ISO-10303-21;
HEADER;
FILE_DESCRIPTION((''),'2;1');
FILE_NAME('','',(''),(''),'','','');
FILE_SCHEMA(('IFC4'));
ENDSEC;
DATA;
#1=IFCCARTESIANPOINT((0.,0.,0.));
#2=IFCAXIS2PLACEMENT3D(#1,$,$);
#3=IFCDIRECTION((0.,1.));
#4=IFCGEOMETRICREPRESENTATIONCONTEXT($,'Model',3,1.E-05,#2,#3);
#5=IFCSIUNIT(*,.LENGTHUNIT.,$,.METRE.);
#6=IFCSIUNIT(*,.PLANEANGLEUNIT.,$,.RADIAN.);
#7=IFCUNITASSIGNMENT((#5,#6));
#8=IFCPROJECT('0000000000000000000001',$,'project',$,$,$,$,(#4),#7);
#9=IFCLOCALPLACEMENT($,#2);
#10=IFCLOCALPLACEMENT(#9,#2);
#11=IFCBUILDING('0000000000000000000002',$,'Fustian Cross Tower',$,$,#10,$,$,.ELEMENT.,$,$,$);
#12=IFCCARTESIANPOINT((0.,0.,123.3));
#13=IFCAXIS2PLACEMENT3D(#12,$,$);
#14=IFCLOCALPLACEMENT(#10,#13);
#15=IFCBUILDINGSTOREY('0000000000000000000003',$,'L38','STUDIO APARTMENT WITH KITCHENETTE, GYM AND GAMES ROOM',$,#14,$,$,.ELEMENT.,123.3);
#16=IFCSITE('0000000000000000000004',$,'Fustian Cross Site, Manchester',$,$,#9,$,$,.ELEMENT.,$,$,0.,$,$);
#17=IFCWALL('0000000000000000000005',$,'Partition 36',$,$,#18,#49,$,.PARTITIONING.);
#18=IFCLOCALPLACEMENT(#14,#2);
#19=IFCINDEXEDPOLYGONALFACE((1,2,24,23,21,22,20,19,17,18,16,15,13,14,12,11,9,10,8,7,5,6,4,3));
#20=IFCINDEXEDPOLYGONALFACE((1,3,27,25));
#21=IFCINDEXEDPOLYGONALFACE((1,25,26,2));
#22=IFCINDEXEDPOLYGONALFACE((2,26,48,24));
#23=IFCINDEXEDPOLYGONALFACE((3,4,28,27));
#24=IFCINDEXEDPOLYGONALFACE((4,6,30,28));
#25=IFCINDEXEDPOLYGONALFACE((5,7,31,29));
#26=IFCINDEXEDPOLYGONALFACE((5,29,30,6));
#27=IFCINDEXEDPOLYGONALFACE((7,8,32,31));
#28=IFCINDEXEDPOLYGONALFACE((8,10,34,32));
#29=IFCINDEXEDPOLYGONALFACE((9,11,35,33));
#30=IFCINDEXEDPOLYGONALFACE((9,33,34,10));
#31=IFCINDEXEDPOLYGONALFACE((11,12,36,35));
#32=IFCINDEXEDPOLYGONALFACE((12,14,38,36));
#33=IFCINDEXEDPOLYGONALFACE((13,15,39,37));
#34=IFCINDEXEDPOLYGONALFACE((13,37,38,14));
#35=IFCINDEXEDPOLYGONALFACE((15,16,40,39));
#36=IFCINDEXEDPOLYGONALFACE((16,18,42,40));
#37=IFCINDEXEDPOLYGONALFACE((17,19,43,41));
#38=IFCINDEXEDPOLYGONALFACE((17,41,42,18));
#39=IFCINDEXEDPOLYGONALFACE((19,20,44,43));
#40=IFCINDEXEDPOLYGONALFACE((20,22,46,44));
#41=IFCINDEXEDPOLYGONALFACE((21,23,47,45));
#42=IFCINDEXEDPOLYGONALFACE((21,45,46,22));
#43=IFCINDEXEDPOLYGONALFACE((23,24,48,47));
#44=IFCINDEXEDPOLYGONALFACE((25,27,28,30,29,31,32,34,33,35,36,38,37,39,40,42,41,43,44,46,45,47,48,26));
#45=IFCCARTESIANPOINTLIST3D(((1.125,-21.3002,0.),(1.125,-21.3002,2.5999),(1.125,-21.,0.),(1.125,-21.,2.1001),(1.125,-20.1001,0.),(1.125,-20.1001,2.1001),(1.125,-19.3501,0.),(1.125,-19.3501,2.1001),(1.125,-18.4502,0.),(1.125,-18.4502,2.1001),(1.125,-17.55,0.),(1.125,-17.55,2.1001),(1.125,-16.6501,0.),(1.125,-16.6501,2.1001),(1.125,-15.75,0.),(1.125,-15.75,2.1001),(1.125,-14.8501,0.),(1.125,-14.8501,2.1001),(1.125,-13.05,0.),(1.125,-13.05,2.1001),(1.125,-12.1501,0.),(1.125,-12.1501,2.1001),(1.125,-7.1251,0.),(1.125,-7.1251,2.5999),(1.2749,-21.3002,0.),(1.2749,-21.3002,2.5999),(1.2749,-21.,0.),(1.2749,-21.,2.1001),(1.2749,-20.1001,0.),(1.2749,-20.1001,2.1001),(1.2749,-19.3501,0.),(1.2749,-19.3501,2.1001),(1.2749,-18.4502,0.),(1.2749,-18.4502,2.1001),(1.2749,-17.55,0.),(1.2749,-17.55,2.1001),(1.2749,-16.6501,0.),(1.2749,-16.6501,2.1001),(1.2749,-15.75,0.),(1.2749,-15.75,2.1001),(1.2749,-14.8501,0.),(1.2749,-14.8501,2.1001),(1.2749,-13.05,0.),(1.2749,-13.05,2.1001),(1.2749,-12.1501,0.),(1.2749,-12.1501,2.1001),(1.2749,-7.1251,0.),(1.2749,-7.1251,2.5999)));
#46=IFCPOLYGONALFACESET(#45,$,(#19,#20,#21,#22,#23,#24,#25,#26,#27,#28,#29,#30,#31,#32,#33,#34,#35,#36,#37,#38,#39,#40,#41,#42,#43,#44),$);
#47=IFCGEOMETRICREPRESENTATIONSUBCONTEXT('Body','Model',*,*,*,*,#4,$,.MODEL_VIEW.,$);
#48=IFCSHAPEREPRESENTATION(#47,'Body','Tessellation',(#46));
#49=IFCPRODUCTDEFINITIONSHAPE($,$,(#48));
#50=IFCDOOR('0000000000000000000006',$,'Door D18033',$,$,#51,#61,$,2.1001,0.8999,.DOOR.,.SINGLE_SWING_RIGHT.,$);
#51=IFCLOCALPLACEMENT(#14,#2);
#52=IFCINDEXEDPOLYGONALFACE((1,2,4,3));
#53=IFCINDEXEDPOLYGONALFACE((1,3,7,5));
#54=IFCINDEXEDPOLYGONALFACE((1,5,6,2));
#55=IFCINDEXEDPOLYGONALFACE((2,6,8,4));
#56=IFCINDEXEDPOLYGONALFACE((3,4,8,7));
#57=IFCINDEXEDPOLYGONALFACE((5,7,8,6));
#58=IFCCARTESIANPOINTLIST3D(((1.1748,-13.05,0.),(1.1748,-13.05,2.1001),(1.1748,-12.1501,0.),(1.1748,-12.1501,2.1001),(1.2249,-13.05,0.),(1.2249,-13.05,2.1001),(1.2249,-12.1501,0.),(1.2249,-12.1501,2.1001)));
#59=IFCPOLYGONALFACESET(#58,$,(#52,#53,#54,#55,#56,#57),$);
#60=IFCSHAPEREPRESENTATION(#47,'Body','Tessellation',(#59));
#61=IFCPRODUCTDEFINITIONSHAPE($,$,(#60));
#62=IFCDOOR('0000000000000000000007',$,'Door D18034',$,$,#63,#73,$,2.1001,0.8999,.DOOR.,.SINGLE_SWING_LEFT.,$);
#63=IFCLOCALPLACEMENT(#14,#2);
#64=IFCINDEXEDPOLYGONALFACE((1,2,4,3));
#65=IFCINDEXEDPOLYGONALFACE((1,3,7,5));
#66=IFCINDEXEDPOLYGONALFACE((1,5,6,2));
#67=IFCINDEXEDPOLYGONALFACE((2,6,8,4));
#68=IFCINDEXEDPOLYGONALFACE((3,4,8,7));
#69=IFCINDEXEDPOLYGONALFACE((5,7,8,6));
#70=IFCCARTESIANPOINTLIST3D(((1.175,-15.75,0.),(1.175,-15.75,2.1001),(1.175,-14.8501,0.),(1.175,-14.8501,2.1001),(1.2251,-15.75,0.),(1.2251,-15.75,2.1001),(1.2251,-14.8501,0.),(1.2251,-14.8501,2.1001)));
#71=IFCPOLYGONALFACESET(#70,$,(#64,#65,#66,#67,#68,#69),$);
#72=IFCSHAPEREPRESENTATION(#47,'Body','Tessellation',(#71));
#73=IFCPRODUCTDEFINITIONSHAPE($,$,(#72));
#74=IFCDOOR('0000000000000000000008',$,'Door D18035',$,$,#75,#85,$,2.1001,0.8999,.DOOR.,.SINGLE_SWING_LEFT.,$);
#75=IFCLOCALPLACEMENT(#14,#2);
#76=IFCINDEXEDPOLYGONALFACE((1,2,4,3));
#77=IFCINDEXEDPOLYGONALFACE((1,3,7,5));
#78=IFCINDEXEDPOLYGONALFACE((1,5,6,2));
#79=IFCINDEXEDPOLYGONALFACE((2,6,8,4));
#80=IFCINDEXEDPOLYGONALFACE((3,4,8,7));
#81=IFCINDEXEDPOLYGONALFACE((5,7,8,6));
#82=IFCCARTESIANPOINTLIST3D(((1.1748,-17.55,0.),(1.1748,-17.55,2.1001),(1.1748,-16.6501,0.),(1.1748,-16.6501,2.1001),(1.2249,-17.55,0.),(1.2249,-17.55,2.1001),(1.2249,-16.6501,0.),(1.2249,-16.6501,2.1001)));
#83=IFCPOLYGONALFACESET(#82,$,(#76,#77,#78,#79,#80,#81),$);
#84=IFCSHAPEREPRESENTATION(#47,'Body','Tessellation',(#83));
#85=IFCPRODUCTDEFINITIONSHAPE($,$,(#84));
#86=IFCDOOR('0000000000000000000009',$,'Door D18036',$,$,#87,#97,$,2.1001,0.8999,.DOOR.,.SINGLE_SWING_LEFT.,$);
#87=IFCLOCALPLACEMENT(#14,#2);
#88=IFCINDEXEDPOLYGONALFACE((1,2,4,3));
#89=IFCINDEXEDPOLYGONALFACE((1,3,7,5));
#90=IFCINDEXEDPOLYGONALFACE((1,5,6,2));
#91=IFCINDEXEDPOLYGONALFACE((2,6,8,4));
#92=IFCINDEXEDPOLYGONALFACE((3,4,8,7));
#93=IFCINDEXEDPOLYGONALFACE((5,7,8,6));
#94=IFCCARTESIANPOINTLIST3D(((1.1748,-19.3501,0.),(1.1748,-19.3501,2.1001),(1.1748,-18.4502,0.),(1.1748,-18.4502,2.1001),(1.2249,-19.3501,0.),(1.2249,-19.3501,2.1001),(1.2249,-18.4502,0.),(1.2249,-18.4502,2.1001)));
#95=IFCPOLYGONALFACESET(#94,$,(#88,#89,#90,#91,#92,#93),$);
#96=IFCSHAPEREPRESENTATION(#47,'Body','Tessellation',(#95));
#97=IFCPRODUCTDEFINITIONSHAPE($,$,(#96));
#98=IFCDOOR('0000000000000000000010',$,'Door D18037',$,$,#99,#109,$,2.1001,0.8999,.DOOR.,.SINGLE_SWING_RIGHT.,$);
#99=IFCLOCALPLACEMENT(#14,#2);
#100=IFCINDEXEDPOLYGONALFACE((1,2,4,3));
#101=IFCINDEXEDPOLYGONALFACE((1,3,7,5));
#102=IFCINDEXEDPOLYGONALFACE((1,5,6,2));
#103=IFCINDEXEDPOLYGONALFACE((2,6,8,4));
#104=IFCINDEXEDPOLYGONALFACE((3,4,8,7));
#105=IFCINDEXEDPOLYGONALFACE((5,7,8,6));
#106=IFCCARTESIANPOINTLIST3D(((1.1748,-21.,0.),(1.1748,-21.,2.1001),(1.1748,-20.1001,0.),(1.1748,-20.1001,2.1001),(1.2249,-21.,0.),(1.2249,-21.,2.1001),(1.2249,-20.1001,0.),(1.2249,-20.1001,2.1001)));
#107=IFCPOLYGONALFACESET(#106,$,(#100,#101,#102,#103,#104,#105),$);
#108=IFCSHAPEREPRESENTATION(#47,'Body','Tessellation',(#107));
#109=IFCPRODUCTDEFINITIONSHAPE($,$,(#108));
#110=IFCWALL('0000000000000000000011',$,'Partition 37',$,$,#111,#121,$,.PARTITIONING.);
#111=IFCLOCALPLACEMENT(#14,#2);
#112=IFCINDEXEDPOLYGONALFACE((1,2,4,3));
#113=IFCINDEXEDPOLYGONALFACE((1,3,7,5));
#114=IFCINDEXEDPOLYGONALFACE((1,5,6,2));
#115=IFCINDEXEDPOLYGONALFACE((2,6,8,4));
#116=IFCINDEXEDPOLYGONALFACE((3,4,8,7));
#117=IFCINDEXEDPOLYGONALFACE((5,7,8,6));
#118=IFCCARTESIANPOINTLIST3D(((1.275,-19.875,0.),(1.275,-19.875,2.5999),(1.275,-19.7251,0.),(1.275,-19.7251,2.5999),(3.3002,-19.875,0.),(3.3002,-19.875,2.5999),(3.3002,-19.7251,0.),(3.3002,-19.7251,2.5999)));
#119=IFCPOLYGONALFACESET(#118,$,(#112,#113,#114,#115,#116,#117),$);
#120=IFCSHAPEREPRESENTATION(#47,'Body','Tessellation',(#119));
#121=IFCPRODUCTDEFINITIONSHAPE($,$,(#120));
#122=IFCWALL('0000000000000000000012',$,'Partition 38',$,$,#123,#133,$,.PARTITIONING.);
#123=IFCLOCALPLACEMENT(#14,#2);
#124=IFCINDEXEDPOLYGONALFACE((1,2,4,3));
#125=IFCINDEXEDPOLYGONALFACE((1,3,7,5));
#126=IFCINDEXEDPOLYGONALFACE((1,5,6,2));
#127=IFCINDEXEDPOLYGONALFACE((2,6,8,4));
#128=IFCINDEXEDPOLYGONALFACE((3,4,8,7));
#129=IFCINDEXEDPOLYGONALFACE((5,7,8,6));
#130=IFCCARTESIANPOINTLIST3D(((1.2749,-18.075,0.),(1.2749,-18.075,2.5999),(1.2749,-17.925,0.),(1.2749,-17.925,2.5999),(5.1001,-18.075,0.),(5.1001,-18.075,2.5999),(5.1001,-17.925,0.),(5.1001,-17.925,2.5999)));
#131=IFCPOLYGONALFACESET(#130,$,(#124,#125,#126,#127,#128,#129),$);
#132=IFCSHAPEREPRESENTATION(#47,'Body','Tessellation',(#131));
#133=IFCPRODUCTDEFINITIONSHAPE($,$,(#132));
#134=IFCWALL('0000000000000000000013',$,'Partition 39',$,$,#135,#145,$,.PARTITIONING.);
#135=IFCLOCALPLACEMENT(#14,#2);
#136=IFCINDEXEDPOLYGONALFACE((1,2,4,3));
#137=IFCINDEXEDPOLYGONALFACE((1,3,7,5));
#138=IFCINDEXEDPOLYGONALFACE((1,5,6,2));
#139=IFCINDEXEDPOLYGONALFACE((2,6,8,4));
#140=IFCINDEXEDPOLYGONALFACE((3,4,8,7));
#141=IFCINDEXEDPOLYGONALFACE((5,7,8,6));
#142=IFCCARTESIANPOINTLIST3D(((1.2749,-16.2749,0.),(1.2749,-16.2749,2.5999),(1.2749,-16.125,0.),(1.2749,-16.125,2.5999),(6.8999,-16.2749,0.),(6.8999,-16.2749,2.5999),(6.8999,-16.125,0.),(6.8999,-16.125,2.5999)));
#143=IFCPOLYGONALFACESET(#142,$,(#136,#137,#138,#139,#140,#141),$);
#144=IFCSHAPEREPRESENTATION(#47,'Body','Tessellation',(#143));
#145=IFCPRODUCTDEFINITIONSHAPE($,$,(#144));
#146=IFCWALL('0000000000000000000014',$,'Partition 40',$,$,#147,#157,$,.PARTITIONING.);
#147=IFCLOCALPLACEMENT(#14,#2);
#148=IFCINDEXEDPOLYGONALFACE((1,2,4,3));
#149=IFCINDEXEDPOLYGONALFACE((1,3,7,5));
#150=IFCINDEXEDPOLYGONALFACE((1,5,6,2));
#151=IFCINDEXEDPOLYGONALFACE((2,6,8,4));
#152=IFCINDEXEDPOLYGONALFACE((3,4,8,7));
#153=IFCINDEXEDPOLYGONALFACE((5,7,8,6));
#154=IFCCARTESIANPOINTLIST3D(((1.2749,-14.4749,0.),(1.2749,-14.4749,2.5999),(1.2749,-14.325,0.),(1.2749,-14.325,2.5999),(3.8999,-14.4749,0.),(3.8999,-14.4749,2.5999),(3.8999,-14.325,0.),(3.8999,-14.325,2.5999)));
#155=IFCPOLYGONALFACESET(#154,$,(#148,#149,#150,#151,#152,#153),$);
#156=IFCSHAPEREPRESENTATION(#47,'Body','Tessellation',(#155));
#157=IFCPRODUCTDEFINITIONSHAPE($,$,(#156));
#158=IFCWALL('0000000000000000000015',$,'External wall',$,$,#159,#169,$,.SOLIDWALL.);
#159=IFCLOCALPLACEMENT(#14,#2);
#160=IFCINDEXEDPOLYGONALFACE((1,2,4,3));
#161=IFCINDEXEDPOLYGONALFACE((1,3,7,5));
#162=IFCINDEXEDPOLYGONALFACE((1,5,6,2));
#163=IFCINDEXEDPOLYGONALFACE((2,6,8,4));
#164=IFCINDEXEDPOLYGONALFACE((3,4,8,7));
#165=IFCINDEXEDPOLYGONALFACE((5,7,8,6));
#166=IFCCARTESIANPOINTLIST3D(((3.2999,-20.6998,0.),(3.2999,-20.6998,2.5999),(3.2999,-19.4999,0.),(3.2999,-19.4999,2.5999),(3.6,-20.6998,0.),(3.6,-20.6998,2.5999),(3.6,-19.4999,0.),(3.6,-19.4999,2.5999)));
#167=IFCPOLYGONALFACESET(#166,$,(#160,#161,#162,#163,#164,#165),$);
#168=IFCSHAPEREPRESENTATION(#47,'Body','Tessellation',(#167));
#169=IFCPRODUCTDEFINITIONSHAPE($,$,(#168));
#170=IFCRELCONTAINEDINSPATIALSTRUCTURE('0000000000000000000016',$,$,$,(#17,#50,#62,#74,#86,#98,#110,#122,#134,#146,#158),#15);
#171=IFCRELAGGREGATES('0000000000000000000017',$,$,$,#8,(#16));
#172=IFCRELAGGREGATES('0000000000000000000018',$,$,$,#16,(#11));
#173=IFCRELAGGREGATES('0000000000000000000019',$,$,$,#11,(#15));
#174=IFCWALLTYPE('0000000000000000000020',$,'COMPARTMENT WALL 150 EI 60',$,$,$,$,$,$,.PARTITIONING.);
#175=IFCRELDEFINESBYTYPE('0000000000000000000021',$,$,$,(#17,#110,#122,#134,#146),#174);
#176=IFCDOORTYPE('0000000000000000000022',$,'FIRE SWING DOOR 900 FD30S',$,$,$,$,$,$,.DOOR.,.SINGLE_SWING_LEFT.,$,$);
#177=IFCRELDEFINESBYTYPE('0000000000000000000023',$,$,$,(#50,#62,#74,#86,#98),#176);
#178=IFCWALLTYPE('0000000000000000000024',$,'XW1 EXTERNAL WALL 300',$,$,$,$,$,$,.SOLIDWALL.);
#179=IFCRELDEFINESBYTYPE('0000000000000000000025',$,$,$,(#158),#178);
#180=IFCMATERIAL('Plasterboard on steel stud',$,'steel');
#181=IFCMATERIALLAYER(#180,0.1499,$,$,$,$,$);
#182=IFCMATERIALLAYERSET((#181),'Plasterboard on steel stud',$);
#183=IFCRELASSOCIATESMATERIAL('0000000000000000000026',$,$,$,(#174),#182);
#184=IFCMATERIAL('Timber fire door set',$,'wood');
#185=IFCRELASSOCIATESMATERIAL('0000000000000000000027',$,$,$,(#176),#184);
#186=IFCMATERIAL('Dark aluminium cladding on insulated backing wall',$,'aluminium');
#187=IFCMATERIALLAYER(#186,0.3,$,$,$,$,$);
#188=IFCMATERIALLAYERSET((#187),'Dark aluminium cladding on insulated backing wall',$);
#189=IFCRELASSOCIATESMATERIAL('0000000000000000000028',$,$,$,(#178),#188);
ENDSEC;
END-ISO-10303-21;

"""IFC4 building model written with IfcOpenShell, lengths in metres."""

from ifc_helpers import new_model, si_unit, direction, frame, frame_2d, origin, place, context, subcontext, project, spatial, rectangle, extrude, material, layer, layer_set, type_object, element, fill, save


model = new_model("IFC4")

# Units and contexts
model_context = context("Model", 3, precision=1e-05, world=origin(), true_north=direction((0.0, 1.0)))
body_context = subcontext(model_context, "Body", "Model", "MODEL_VIEW")
ifc_project = project(units=[si_unit("LENGTHUNIT", "METRE"), si_unit("PLANEANGLEUNIT", "RADIAN")], contexts=[model_context])

# Site, building, storey
site_placement = place(None, origin())
site = spatial("IfcSite", under=ifc_project, at=site_placement, Name="Fustian Cross Site, Manchester", CompositionType="ELEMENT", RefElevation=0.0)
building_placement = place(site_placement, origin())
building = spatial("IfcBuilding", under=site, at=building_placement, Name="Fustian Cross Tower", CompositionType="ELEMENT")
storey_placement = place(building_placement, frame((0.0, 0.0, 123.3)))
storey = spatial("IfcBuildingStorey", under=building, at=storey_placement, Name="L38", Description="STUDIO APARTMENT WITH KITCHENETTE, GYM AND GAMES ROOM", CompositionType="ELEMENT", Elevation=123.3)

# Wall, openings, doors
ifc_material_1 = material(Name="Plasterboard on steel stud", Category="steel")
ifc_layer_1 = layer(ifc_material_1, 0.1499)
ifc_layer_set_1 = layer_set([ifc_layer_1], Name="Plasterboard on steel stud")
wall_type_1 = type_object("IfcWallType", Name="COMPARTMENT WALL 150 EI 60", PredefinedType="PARTITIONING", material=ifc_layer_set_1)
wall_1_placement = place(storey_placement, frame((1.2, -21.3, 0.0), z_axis=(0.0, 0.0, 1.0), x_axis=(0.0, 1.0, 0.0)))
wall_1 = element("IfcWall", 1, at=wall_1_placement, inside=storey, type_object=wall_type_1, Name="Partition 36", PredefinedType="PARTITIONING", context=body_context, shape_type="SweptSolid", body=[
    extrude(rectangle(XDim=14.175, YDim=0.1499, at=frame_2d((7.0874, 0.0))), origin(), (0.0, 0.0, 1.0), 2.5999),
])
opening_1_placement = place(wall_1_placement, frame((8.25, 0.0, 0.0)))
opening_1 = element("IfcOpeningElement", 2, at=opening_1_placement, cuts=wall_1, PredefinedType="OPENING", context=body_context, shape_type="SweptSolid", body=[
    extrude(rectangle(XDim=0.8999, YDim=2.1001, at=frame_2d((0.45, 1.05))), frame((0.0, 0.085, 0.0), z_axis=(0.0, -1.0, 0.0), x_axis=(1.0, 0.0, 0.0)), (0.0, 0.0, 1.0), 0.1699),
])
opening_2_placement = place(wall_1_placement, frame((5.55, 0.0, 0.0)))
opening_2 = element("IfcOpeningElement", 3, at=opening_2_placement, cuts=wall_1, PredefinedType="OPENING", context=body_context, shape_type="SweptSolid", body=[
    extrude(rectangle(XDim=0.8999, YDim=2.1001, at=frame_2d((0.45, 1.05))), frame((0.0, 0.085, 0.0), z_axis=(0.0, -1.0, 0.0), x_axis=(1.0, 0.0, 0.0)), (0.0, 0.0, 1.0), 0.1699),
])
opening_3_placement = place(wall_1_placement, frame((3.75, 0.0, 0.0)))
opening_3 = element("IfcOpeningElement", 4, at=opening_3_placement, cuts=wall_1, PredefinedType="OPENING", context=body_context, shape_type="SweptSolid", body=[
    extrude(rectangle(XDim=0.8999, YDim=2.1001, at=frame_2d((0.45, 1.05))), frame((0.0, 0.085, 0.0), z_axis=(0.0, -1.0, 0.0), x_axis=(1.0, 0.0, 0.0)), (0.0, 0.0, 1.0), 0.1699),
])
opening_4_placement = place(wall_1_placement, frame((1.95, 0.0, 0.0)))
opening_4 = element("IfcOpeningElement", 5, at=opening_4_placement, cuts=wall_1, PredefinedType="OPENING", context=body_context, shape_type="SweptSolid", body=[
    extrude(rectangle(XDim=0.8999, YDim=2.1001, at=frame_2d((0.45, 1.05))), frame((0.0, 0.085, 0.0), z_axis=(0.0, -1.0, 0.0), x_axis=(1.0, 0.0, 0.0)), (0.0, 0.0, 1.0), 0.1699),
])
opening_5_placement = place(wall_1_placement, frame((0.3, 0.0, 0.0)))
opening_5 = element("IfcOpeningElement", 6, at=opening_5_placement, cuts=wall_1, PredefinedType="OPENING", context=body_context, shape_type="SweptSolid", body=[
    extrude(rectangle(XDim=0.8999, YDim=2.1001, at=frame_2d((0.45, 1.05))), frame((0.0, 0.085, 0.0), z_axis=(0.0, -1.0, 0.0), x_axis=(1.0, 0.0, 0.0)), (0.0, 0.0, 1.0), 0.1699),
])
ifc_material_2 = material(Name="Timber fire door set", Category="wood")
door_type = type_object("IfcDoorType", Name="FIRE SWING DOOR 900 FD30S", OperationType="SINGLE_SWING_LEFT", PredefinedType="DOOR", material=ifc_material_2)
door_1_placement = place(opening_1_placement, frame((0.8999, 0.0, 0.0), z_axis=(0.0, 0.0, 1.0), x_axis=(-1.0, 0.0, 0.0)))
door_1 = element("IfcDoor", 7, at=door_1_placement, inside=storey, type_object=door_type, Name="Door D18033", OperationType="SINGLE_SWING_RIGHT", OverallHeight=2.1001, OverallWidth=0.8999, PredefinedType="DOOR", context=body_context, shape_type="SweptSolid", body=[
    extrude(rectangle(XDim=0.8999, YDim=2.1001, at=frame_2d((0.45, 1.05))), frame((0.0, 0.0249, 0.0), z_axis=(0.0, -1.0, 0.0), x_axis=(1.0, 0.0, 0.0)), (0.0, 0.0, 1.0), 0.05),
])
fill(opening_1, door_1)
door_2_placement = place(opening_2_placement, origin())
door_2 = element("IfcDoor", 8, at=door_2_placement, inside=storey, type_object=door_type, Name="Door D18034", OperationType="SINGLE_SWING_LEFT", OverallHeight=2.1001, OverallWidth=0.8999, PredefinedType="DOOR", context=body_context, shape_type="SweptSolid", body=[
    extrude(rectangle(XDim=0.8999, YDim=2.1001, at=frame_2d((0.45, 1.05))), frame((0.0, 0.0249, 0.0), z_axis=(0.0, -1.0, 0.0), x_axis=(1.0, 0.0, 0.0)), (0.0, 0.0, 1.0), 0.05),
])
fill(opening_2, door_2)
door_3_placement = place(opening_3_placement, frame((0.8999, 0.0, 0.0), z_axis=(0.0, 0.0, 1.0), x_axis=(-1.0, 0.0, 0.0)))
door_3 = element("IfcDoor", 9, at=door_3_placement, inside=storey, type_object=door_type, Name="Door D18035", OperationType="SINGLE_SWING_LEFT", OverallHeight=2.1001, OverallWidth=0.8999, PredefinedType="DOOR", context=body_context, shape_type="SweptSolid", body=[
    extrude(rectangle(XDim=0.8999, YDim=2.1001, at=frame_2d((0.45, 1.05))), frame((0.0, 0.0249, 0.0), z_axis=(0.0, -1.0, 0.0), x_axis=(1.0, 0.0, 0.0)), (0.0, 0.0, 1.0), 0.05),
])
fill(opening_3, door_3)
door_4_placement = place(opening_4_placement, frame((0.8999, 0.0, 0.0), z_axis=(0.0, 0.0, 1.0), x_axis=(-1.0, 0.0, 0.0)))
door_4 = element("IfcDoor", 10, at=door_4_placement, inside=storey, type_object=door_type, Name="Door D18036", OperationType="SINGLE_SWING_LEFT", OverallHeight=2.1001, OverallWidth=0.8999, PredefinedType="DOOR", context=body_context, shape_type="SweptSolid", body=[
    extrude(rectangle(XDim=0.8999, YDim=2.1001, at=frame_2d((0.45, 1.05))), frame((0.0, 0.0249, 0.0), z_axis=(0.0, -1.0, 0.0), x_axis=(1.0, 0.0, 0.0)), (0.0, 0.0, 1.0), 0.05),
])
fill(opening_4, door_4)
door_5_placement = place(opening_5_placement, frame((0.8999, 0.0, 0.0), z_axis=(0.0, 0.0, 1.0), x_axis=(-1.0, 0.0, 0.0)))
door_5 = element("IfcDoor", 11, at=door_5_placement, inside=storey, type_object=door_type, Name="Door D18037", OperationType="SINGLE_SWING_RIGHT", OverallHeight=2.1001, OverallWidth=0.8999, PredefinedType="DOOR", context=body_context, shape_type="SweptSolid", body=[
    extrude(rectangle(XDim=0.8999, YDim=2.1001, at=frame_2d((0.45, 1.05))), frame((0.0, 0.0249, 0.0), z_axis=(0.0, -1.0, 0.0), x_axis=(1.0, 0.0, 0.0)), (0.0, 0.0, 1.0), 0.05),
])
fill(opening_5, door_5)

# Walls
wall_2_placement = place(storey_placement, frame((1.2749, -19.8, 0.0), z_axis=(0.0, 0.0, 1.0), x_axis=(1.0, 0.0, 0.0)))
element("IfcWall", 12, at=wall_2_placement, inside=storey, type_object=wall_type_1, Name="Partition 37", PredefinedType="PARTITIONING", context=body_context, shape_type="SweptSolid", body=[
    extrude(rectangle(XDim=2.0251, YDim=0.1499, at=frame_2d((1.0127, 0.0))), origin(), (0.0, 0.0, 1.0), 2.5999),
])
wall_3_placement = place(storey_placement, frame((1.2749, -18.0, 0.0), z_axis=(0.0, 0.0, 1.0), x_axis=(1.0, 0.0, 0.0)))
element("IfcWall", 13, at=wall_3_placement, inside=storey, type_object=wall_type_1, Name="Partition 38", PredefinedType="PARTITIONING", context=body_context, shape_type="SweptSolid", body=[
    extrude(rectangle(XDim=3.8252, YDim=0.1499, at=frame_2d((1.9126, 0.0))), origin(), (0.0, 0.0, 1.0), 2.5999),
])
wall_4_placement = place(storey_placement, frame((1.2749, -16.2, 0.0), z_axis=(0.0, 0.0, 1.0), x_axis=(1.0, 0.0, 0.0)))
element("IfcWall", 14, at=wall_4_placement, inside=storey, type_object=wall_type_1, Name="Partition 39", PredefinedType="PARTITIONING", context=body_context, shape_type="SweptSolid", body=[
    extrude(rectangle(XDim=5.625, YDim=0.1499, at=frame_2d((2.8125, 0.0))), origin(), (0.0, 0.0, 1.0), 2.5999),
])
wall_5_placement = place(storey_placement, frame((1.2749, -14.3999, 0.0), z_axis=(0.0, 0.0, 1.0), x_axis=(1.0, 0.0, 0.0)))
element("IfcWall", 15, at=wall_5_placement, inside=storey, type_object=wall_type_1, Name="Partition 40", PredefinedType="PARTITIONING", context=body_context, shape_type="SweptSolid", body=[
    extrude(rectangle(XDim=2.625, YDim=0.1499, at=frame_2d((1.3125, 0.0))), origin(), (0.0, 0.0, 1.0), 2.5999),
])
ifc_material_3 = material(Name="Dark aluminium cladding on insulated backing wall", Category="aluminium")
ifc_layer_2 = layer(ifc_material_3, 0.3)
ifc_layer_set_2 = layer_set([ifc_layer_2], Name="Dark aluminium cladding on insulated backing wall")
wall_type_2 = type_object("IfcWallType", Name="XW1 EXTERNAL WALL 300", PredefinedType="SOLIDWALL", material=ifc_layer_set_2)
wall_6_placement = place(storey_placement, frame((3.45, -20.7, 0.0), z_axis=(0.0, 0.0, 1.0), x_axis=(0.0, 1.0, 0.0)))
element("IfcWall", 16, at=wall_6_placement, inside=storey, type_object=wall_type_2, Name="External wall", PredefinedType="SOLIDWALL", context=body_context, shape_type="SweptSolid", body=[
    extrude(rectangle(XDim=1.2, YDim=0.3, at=frame_2d((0.6001, 0.0))), origin(), (0.0, 0.0, 1.0), 2.5999),
])

save(model, "model.ifc")
